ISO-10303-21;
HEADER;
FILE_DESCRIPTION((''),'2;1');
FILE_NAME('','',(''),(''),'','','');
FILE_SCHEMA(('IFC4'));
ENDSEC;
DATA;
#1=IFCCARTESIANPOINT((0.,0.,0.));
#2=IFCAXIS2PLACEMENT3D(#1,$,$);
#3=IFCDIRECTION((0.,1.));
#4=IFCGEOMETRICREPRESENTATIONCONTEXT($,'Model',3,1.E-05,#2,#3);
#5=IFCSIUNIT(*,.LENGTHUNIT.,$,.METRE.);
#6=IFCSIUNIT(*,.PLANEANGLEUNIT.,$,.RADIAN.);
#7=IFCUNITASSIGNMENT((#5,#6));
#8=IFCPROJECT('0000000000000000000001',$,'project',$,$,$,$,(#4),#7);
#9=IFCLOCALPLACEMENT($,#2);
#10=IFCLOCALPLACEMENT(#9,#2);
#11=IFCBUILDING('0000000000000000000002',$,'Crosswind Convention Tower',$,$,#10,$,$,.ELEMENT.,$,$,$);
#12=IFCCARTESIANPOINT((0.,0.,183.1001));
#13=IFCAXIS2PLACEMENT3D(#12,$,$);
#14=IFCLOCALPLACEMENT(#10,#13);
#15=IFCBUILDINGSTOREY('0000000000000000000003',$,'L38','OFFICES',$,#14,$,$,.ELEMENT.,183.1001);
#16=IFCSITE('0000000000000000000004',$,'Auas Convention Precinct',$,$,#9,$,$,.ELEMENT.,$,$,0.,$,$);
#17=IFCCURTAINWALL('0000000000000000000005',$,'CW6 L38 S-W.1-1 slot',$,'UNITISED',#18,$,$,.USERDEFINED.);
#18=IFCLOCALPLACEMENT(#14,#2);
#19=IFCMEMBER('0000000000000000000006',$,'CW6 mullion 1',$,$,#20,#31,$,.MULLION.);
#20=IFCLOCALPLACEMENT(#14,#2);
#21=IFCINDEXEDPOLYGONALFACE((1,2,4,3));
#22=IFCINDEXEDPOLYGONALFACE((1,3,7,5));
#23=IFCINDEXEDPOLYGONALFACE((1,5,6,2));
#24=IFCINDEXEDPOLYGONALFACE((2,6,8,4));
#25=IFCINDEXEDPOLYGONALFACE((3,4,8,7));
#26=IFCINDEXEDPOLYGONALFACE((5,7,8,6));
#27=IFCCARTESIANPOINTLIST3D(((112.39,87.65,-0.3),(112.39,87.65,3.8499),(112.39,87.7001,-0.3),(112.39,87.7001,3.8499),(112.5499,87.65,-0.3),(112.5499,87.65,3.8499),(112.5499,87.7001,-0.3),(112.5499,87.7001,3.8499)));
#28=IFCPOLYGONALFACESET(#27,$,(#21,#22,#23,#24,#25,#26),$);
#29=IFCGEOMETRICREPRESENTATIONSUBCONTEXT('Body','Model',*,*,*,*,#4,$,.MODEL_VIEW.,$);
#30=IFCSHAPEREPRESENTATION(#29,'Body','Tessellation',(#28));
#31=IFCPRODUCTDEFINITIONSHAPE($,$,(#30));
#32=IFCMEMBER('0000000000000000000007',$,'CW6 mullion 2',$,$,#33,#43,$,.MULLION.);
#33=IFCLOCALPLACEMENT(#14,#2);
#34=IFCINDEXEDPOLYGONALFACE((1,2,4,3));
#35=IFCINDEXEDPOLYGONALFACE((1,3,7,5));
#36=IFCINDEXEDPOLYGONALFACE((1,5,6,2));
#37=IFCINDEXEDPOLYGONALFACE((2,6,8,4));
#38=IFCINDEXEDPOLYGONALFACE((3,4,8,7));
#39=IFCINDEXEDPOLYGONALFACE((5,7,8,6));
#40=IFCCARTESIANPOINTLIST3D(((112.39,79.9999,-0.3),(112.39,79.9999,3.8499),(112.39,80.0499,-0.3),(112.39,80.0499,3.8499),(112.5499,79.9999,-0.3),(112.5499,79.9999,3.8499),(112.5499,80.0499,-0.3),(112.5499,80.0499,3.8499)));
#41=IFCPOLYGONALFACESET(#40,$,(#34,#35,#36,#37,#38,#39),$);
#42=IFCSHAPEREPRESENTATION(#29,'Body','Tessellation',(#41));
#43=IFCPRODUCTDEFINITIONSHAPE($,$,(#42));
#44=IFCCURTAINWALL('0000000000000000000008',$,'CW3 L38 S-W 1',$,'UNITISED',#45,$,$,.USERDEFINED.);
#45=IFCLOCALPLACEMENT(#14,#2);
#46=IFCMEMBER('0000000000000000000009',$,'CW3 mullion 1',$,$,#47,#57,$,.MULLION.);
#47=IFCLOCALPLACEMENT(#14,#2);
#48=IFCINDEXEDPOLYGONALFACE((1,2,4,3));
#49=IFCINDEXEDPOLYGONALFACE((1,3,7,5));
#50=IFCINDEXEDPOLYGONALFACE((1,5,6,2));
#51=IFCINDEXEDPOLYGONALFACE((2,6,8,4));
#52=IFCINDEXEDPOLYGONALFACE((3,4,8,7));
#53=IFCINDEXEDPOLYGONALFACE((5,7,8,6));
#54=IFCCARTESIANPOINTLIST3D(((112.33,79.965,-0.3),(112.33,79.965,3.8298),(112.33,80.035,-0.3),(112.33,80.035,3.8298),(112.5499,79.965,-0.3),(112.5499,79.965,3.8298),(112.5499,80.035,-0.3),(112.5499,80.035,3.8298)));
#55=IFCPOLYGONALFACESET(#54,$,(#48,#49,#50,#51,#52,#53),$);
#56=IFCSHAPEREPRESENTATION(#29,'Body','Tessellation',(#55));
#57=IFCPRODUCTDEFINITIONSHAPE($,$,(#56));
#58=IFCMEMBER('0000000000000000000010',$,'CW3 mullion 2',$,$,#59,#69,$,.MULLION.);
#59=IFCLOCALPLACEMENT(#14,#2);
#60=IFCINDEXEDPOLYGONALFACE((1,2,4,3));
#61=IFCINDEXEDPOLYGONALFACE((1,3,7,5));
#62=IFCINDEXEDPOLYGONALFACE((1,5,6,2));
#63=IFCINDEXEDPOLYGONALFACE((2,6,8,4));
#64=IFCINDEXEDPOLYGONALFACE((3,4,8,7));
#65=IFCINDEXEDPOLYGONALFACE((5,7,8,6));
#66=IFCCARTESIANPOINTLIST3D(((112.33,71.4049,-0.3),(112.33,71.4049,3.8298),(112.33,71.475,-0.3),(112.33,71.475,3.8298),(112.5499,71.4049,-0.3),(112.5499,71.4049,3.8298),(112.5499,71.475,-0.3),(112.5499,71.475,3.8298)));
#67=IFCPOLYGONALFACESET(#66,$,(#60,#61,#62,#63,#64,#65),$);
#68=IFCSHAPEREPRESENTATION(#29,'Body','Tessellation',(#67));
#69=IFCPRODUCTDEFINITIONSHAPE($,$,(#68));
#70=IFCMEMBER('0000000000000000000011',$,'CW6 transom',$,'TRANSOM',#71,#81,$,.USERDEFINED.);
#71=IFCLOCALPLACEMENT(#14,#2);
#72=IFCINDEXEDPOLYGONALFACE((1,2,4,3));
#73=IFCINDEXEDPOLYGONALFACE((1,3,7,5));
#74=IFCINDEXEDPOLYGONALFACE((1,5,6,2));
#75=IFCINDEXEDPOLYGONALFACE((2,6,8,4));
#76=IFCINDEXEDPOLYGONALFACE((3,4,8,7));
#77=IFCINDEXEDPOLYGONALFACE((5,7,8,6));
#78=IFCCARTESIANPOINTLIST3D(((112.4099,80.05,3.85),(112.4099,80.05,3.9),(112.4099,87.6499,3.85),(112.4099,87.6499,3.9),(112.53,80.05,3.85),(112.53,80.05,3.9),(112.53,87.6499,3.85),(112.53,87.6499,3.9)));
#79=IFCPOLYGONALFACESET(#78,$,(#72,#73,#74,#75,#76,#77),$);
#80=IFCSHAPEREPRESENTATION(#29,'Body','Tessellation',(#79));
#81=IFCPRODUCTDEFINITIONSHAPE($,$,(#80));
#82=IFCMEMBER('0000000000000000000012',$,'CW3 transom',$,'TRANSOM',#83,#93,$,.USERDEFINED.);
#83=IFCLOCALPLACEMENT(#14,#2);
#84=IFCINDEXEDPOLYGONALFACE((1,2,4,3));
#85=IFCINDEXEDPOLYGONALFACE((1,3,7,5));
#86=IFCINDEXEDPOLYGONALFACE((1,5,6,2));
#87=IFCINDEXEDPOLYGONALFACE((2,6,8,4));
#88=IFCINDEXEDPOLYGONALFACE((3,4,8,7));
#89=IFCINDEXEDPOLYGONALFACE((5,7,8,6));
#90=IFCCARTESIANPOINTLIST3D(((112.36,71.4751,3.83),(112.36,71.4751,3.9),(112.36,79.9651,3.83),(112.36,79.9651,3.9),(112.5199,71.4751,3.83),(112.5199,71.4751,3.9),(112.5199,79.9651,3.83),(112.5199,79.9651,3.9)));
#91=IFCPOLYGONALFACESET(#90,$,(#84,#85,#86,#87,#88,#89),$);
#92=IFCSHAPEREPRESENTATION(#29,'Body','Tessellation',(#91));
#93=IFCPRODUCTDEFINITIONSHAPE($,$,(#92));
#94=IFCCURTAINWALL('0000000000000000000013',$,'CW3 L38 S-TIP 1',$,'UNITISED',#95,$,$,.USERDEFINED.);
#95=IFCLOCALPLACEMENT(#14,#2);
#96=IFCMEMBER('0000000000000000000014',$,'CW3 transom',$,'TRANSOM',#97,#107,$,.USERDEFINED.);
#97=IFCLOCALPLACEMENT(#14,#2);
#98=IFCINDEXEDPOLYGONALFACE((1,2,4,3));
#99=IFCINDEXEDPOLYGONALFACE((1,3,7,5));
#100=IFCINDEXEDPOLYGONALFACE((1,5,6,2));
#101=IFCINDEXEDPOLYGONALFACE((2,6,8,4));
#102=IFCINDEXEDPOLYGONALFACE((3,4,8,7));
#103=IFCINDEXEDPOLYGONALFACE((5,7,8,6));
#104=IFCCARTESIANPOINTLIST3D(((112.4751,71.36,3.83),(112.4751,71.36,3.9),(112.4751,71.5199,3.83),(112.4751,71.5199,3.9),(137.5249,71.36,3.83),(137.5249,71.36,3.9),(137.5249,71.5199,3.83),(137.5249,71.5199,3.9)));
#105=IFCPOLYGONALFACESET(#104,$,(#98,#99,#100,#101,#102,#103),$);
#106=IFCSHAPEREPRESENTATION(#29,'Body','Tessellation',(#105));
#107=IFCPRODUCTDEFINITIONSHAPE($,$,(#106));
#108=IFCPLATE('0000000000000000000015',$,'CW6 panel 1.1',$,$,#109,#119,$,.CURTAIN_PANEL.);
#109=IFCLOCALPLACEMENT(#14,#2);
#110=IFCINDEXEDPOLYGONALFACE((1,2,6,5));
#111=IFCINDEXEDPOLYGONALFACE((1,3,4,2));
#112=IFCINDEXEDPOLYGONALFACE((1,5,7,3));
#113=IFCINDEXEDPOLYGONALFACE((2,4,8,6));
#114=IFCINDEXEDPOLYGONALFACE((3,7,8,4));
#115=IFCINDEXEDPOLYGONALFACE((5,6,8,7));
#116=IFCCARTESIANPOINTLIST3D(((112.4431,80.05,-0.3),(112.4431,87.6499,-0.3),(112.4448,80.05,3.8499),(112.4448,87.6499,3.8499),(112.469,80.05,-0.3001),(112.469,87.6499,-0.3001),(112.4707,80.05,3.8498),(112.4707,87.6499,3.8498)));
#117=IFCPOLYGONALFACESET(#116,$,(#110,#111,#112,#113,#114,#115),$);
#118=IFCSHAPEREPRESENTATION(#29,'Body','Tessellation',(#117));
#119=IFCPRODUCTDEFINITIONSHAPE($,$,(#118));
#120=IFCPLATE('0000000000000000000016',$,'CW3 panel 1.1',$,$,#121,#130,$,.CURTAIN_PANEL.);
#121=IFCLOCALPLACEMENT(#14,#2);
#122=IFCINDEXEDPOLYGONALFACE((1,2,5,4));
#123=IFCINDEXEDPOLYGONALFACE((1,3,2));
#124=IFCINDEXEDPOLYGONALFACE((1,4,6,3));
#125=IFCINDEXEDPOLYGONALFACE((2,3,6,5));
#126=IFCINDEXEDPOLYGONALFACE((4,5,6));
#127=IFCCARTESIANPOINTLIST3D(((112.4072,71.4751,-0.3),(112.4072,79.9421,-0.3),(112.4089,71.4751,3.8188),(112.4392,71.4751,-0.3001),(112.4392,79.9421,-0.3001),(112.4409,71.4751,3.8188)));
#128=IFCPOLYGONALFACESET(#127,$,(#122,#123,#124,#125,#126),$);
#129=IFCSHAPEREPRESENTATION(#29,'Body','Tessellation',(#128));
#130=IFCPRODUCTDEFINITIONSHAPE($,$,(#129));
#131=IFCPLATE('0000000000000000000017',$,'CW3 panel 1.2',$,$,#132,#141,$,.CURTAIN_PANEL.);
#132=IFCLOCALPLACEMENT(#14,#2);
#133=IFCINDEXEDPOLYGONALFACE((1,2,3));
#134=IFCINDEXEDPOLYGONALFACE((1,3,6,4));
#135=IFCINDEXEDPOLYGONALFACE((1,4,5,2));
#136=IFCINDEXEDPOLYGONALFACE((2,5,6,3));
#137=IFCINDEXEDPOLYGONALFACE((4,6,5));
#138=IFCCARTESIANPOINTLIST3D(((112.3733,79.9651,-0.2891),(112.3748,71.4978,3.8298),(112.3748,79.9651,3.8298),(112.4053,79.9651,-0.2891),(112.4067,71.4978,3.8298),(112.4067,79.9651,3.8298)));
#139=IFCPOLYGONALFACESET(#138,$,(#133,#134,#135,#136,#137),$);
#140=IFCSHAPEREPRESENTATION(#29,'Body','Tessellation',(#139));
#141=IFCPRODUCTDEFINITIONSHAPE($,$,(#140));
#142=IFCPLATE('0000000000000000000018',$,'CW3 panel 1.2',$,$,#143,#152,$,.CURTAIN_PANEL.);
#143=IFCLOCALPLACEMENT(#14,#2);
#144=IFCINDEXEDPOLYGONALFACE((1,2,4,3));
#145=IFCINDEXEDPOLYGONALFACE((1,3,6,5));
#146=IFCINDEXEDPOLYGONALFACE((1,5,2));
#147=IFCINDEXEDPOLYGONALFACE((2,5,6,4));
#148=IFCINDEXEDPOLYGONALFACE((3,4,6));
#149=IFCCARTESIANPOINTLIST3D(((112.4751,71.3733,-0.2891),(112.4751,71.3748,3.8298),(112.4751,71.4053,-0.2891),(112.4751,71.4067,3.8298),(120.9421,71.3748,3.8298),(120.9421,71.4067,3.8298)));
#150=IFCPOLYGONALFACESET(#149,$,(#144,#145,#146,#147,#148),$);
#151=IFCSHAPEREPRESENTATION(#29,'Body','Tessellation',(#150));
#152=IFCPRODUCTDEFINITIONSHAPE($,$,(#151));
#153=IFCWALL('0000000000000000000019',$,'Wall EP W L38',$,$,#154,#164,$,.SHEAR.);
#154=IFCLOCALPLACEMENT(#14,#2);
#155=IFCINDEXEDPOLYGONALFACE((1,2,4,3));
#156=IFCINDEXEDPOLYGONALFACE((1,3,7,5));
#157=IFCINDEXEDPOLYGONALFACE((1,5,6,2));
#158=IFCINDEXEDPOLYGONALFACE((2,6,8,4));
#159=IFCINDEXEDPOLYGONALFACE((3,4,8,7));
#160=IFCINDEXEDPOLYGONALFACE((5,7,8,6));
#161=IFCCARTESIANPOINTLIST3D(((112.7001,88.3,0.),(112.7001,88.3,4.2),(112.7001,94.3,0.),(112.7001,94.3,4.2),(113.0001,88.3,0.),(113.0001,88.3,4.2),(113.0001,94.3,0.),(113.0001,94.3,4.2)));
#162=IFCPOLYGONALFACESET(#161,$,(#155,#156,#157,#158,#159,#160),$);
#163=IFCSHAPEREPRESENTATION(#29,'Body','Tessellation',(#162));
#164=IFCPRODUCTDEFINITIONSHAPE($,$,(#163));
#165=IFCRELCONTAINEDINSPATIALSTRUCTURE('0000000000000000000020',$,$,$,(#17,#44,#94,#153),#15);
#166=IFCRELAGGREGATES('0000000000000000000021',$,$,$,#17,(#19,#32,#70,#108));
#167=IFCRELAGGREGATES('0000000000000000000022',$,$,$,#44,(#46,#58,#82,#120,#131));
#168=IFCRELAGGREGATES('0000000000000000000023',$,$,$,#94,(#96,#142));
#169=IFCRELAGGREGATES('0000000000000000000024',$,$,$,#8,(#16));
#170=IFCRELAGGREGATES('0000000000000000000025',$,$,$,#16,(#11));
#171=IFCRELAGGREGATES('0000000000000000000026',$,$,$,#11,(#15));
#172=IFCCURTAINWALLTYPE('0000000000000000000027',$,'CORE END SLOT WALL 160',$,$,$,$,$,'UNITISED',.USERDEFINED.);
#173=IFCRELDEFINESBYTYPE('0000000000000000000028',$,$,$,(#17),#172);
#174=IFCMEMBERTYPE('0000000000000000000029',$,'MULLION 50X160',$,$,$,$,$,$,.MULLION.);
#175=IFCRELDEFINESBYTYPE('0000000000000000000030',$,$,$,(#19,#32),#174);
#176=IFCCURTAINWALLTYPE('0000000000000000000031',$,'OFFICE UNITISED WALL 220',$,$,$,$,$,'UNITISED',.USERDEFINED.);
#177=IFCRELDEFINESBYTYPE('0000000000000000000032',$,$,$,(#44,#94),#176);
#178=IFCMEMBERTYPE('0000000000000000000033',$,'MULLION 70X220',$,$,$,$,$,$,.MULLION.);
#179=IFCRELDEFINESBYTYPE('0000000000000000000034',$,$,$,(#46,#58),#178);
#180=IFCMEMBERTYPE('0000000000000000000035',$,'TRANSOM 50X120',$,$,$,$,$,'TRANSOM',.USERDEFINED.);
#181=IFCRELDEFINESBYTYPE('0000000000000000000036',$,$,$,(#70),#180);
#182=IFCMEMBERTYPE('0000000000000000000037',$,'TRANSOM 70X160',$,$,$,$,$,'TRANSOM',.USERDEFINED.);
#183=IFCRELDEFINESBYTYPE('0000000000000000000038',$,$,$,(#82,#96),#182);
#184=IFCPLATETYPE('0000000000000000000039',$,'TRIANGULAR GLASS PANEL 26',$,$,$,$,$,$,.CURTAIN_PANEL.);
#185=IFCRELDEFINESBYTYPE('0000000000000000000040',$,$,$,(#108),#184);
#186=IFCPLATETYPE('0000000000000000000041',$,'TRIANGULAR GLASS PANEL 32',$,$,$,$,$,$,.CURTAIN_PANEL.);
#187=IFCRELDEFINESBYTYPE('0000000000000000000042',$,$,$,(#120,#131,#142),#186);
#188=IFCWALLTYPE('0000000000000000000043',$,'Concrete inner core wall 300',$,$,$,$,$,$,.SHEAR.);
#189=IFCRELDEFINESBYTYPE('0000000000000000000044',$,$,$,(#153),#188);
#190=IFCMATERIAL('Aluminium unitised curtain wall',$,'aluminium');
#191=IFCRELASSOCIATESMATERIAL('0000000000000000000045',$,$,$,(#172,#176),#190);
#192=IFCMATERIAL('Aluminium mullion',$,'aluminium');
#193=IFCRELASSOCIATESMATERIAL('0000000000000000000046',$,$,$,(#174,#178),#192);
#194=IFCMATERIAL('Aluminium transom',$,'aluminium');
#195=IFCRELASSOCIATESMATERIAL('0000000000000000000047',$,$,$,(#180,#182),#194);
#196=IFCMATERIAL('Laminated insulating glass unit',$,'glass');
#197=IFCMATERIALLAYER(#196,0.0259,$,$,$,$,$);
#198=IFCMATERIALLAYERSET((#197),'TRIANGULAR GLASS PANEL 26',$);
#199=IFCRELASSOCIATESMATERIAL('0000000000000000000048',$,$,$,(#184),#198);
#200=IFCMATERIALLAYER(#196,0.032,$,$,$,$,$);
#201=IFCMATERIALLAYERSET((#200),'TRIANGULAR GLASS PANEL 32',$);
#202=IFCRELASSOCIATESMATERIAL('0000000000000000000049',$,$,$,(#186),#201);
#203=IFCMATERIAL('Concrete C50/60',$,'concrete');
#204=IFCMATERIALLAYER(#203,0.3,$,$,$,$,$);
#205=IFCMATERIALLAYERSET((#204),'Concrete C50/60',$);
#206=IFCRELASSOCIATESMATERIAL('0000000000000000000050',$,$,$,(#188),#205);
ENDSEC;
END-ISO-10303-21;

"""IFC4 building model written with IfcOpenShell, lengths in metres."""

from ifc_helpers import new_model, si_unit, direction, frame, frame_2d, origin, origin_2d, place, context, subcontext, project, spatial, polyline, rectangle, outline, extrude, material, layer, layer_set, material_profile, profile_set, type_object, element, aggregate, save


model = new_model("IFC4")

# Units and contexts
model_context = context("Model", 3, precision=1e-05, world=origin(), true_north=direction((0.0, 1.0)))
body_context = subcontext(model_context, "Body", "Model", "MODEL_VIEW")
ifc_project = project(units=[si_unit("LENGTHUNIT", "METRE"), si_unit("PLANEANGLEUNIT", "RADIAN")], contexts=[model_context])

# Site, building, storey
site_placement = place(None, origin())
site = spatial("IfcSite", under=ifc_project, at=site_placement, Name="Auas Convention Precinct", CompositionType="ELEMENT", RefElevation=0.0)
building_placement = place(site_placement, origin())
building = spatial("IfcBuilding", under=site, at=building_placement, Name="Crosswind Convention Tower", CompositionType="ELEMENT")
storey_placement = place(building_placement, frame((0.0, 0.0, 183.1001)))
storey = spatial("IfcBuildingStorey", under=building, at=storey_placement, Name="L38", Description="OFFICES", CompositionType="ELEMENT", Elevation=183.1001)

# Curtain walls, members
ifc_material_1 = material(Name="Aluminium unitised curtain wall", Category="aluminium")
curtain_wall_type_1 = type_object("IfcCurtainWallType", Name="CORE END SLOT WALL 160", ElementType="UNITISED", PredefinedType="USERDEFINED", material=ifc_material_1)
curtain_wall_1_placement = place(storey_placement, origin())
curtain_wall_1 = element("IfcCurtainWall", 1, at=curtain_wall_1_placement, inside=storey, type_object=curtain_wall_type_1, Name="CW6 L38 S-W.1-1 slot", ObjectType="UNITISED", PredefinedType="USERDEFINED")
ifc_material_2 = material(Name="Aluminium mullion", Category="aluminium")
ifc_material_profile_1 = material_profile(ifc_material_2, rectangle(XDim=0.1599, YDim=0.05, at=origin_2d()), Name="AL 160X50")
ifc_profile_set_1 = profile_set([ifc_material_profile_1], Name="Aluminium mullion")
member_type_1 = type_object("IfcMemberType", Name="MULLION 50X160", PredefinedType="MULLION", material=ifc_profile_set_1)
member_1_placement = place(storey_placement, frame((112.47, 87.675, -0.3), z_axis=(0.0, 0.0, 1.0), x_axis=(-1.0, 0.0, 0.0)))
member_1 = element("IfcMember", 2, at=member_1_placement, type_object=member_type_1, Name="CW6 mullion 1", PredefinedType="MULLION", context=body_context, shape_type="SweptSolid", body=[
    extrude(rectangle(XDim=0.1599, YDim=0.05, at=origin_2d()), origin(), (0.0, 0.0, 1.0), 4.1499),
])
member_2_placement = place(storey_placement, frame((112.47, 80.0249, -0.3), z_axis=(0.0, 0.0, 1.0), x_axis=(-1.0, 0.0, 0.0)))
member_2 = element("IfcMember", 3, at=member_2_placement, type_object=member_type_1, Name="CW6 mullion 2", PredefinedType="MULLION", context=body_context, shape_type="SweptSolid", body=[
    extrude(rectangle(XDim=0.1599, YDim=0.05, at=origin_2d()), origin(), (0.0, 0.0, 1.0), 4.1499),
])
curtain_wall_type_2 = type_object("IfcCurtainWallType", Name="OFFICE UNITISED WALL 220", ElementType="UNITISED", PredefinedType="USERDEFINED", material=ifc_material_1)
curtain_wall_2_placement = place(storey_placement, origin())
curtain_wall_2 = element("IfcCurtainWall", 4, at=curtain_wall_2_placement, inside=storey, type_object=curtain_wall_type_2, Name="CW3 L38 S-W 1", ObjectType="UNITISED", PredefinedType="USERDEFINED")
ifc_material_profile_2 = material_profile(ifc_material_2, rectangle(XDim=0.22, YDim=0.0701, at=origin_2d()), Name="AL 220X70")
ifc_profile_set_2 = profile_set([ifc_material_profile_2], Name="Aluminium mullion")
member_type_2 = type_object("IfcMemberType", Name="MULLION 70X220", PredefinedType="MULLION", material=ifc_profile_set_2)
member_3_placement = place(storey_placement, frame((112.4399, 80.0, -0.3), z_axis=(0.0, 0.0, 1.0), x_axis=(-1.0, 0.0, 0.0)))
member_3 = element("IfcMember", 5, at=member_3_placement, type_object=member_type_2, Name="CW3 mullion 1", PredefinedType="MULLION", context=body_context, shape_type="SweptSolid", body=[
    extrude(rectangle(XDim=0.22, YDim=0.0701, at=origin_2d()), origin(), (0.0, 0.0, 1.0), 4.1299),
])
member_4_placement = place(storey_placement, frame((112.4399, 71.4399, -0.3), z_axis=(0.0, 0.0, 1.0), x_axis=(-1.0, 0.0, 0.0)))
member_4 = element("IfcMember", 6, at=member_4_placement, type_object=member_type_2, Name="CW3 mullion 2", PredefinedType="MULLION", context=body_context, shape_type="SweptSolid", body=[
    extrude(rectangle(XDim=0.22, YDim=0.0701, at=origin_2d()), origin(), (0.0, 0.0, 1.0), 4.1299),
])

# Members
ifc_material_3 = material(Name="Aluminium transom", Category="aluminium")
ifc_material_profile_3 = material_profile(ifc_material_3, rectangle(XDim=0.1201, YDim=0.05, at=origin_2d()), Name="AL 120X50")
ifc_profile_set_3 = profile_set([ifc_material_profile_3], Name="Aluminium transom")
member_type_3 = type_object("IfcMemberType", Name="TRANSOM 50X120", ElementType="TRANSOM", PredefinedType="USERDEFINED", material=ifc_profile_set_3)
member_5_placement = place(storey_placement, frame((112.47, 87.6499, 3.875), z_axis=(0.0, -1.0, 0.0), x_axis=(1.0, 0.0, 0.0)))
member_5 = element("IfcMember", 7, at=member_5_placement, type_object=member_type_3, Name="CW6 transom", ObjectType="TRANSOM", PredefinedType="USERDEFINED", context=body_context, shape_type="SweptSolid", body=[
    extrude(rectangle(XDim=0.1201, YDim=0.05, at=origin_2d()), origin(), (0.0, 0.0, 1.0), 7.5999),
])
ifc_material_profile_4 = material_profile(ifc_material_3, rectangle(XDim=0.1599, YDim=0.0701, at=origin_2d()), Name="AL 160X70")
ifc_profile_set_4 = profile_set([ifc_material_profile_4], Name="Aluminium transom")
member_type_4 = type_object("IfcMemberType", Name="TRANSOM 70X160", ElementType="TRANSOM", PredefinedType="USERDEFINED", material=ifc_profile_set_4)
member_6_placement = place(storey_placement, frame((112.4399, 79.9651, 3.865), z_axis=(0.0, -1.0, 0.0), x_axis=(1.0, 0.0, 0.0)))
member_6 = element("IfcMember", 8, at=member_6_placement, type_object=member_type_4, Name="CW3 transom", ObjectType="TRANSOM", PredefinedType="USERDEFINED", context=body_context, shape_type="SweptSolid", body=[
    extrude(rectangle(XDim=0.1599, YDim=0.0701, at=origin_2d()), origin(), (0.0, 0.0, 1.0), 8.49),
])

# Curtain wall, member
curtain_wall_3_placement = place(storey_placement, origin())
curtain_wall_3 = element("IfcCurtainWall", 9, at=curtain_wall_3_placement, inside=storey, type_object=curtain_wall_type_2, Name="CW3 L38 S-TIP 1", ObjectType="UNITISED", PredefinedType="USERDEFINED")
member_7_placement = place(storey_placement, frame((112.4751, 71.4399, 3.865), z_axis=(1.0, 0.0, 0.0), x_axis=(0.0, 1.0, 0.0)))
member_7 = element("IfcMember", 10, at=member_7_placement, type_object=member_type_4, Name="CW3 transom", ObjectType="TRANSOM", PredefinedType="USERDEFINED", context=body_context, shape_type="SweptSolid", body=[
    extrude(rectangle(XDim=0.1599, YDim=0.0701, at=origin_2d()), origin(), (0.0, 0.0, 1.0), 25.0498),
])

# Plates
ifc_material_4 = material(Name="Laminated insulating glass unit", Category="glass")
ifc_layer_1 = layer(ifc_material_4, 0.0259)
ifc_layer_set_1 = layer_set([ifc_layer_1], Name="TRIANGULAR GLASS PANEL 26")
plate_type_1 = type_object("IfcPlateType", Name="TRIANGULAR GLASS PANEL 26", PredefinedType="CURTAIN_PANEL", material=ifc_layer_set_1)
plate_1_placement = place(storey_placement, frame((112.4431, 87.6499, -0.3), z_axis=(-1.0, 0.0, 0.000412), x_axis=(0.0, -1.0, 0.0)))
plate_1 = element("IfcPlate", 11, at=plate_1_placement, type_object=plate_type_1, Name="CW6 panel 1.1", PredefinedType="CURTAIN_PANEL", context=body_context, shape_type="SweptSolid", body=[
    extrude(outline(polyline([(0.0, 0.0), (7.5999, 0.0), (7.5999, 4.1499), (0.0, 4.1499), (0.0, 0.0)])), origin(), (0.0, 0.0, -1.0), 0.0259),
])
aggregate(curtain_wall_1, [member_1, member_2, member_5, plate_1])
ifc_layer_2 = layer(ifc_material_4, 0.032)
ifc_layer_set_2 = layer_set([ifc_layer_2], Name="TRIANGULAR GLASS PANEL 32")
plate_type_2 = type_object("IfcPlateType", Name="TRIANGULAR GLASS PANEL 32", PredefinedType="CURTAIN_PANEL", material=ifc_layer_set_2)
plate_2_placement = place(storey_placement, frame((112.4072, 71.4751, -0.3), z_axis=(-1.0, 0.0, 0.000415), x_axis=(0.000415, 0.0, 1.0)))
plate_2 = element("IfcPlate", 12, at=plate_2_placement, type_object=plate_type_2, Name="CW3 panel 1.1", PredefinedType="CURTAIN_PANEL", context=body_context, shape_type="SweptSolid", body=[
    extrude(outline(polyline([(0.0, 0.0), (4.1189, 0.0), (0.0, 8.467), (0.0, 0.0)])), origin(), (0.0, 0.0, -1.0), 0.032),
])
plate_3_placement = place(storey_placement, frame((112.3748, 79.9651, 3.8298), z_axis=(-1.0, 0.0, 0.000356), x_axis=(-0.000356, 0.0, -1.0)))
plate_3 = element("IfcPlate", 13, at=plate_3_placement, type_object=plate_type_2, Name="CW3 panel 1.2", PredefinedType="CURTAIN_PANEL", context=body_context, shape_type="SweptSolid", body=[
    extrude(outline(polyline([(0.0, 0.0), (4.1189, 0.0), (0.0, 8.4673), (0.0, 0.0)])), origin(), (0.0, 0.0, -1.0), 0.032),
])
plate_4_placement = place(storey_placement, frame((112.4751, 71.3748, 3.8298), z_axis=(0.0, -1.0, 0.000356), x_axis=(0.0, -0.000356, -1.0)))
plate_4 = element("IfcPlate", 14, at=plate_4_placement, type_object=plate_type_2, Name="CW3 panel 1.2", PredefinedType="CURTAIN_PANEL", context=body_context, shape_type="SweptSolid", body=[
    extrude(outline(polyline([(0.0, 0.0), (4.1189, 0.0), (0.0, 8.467), (0.0, 0.0)])), origin(), (0.0, 0.0, -1.0), 0.032),
])

# Wall
ifc_material_5 = material(Name="Concrete C50/60", Category="concrete")
ifc_layer_3 = layer(ifc_material_5, 0.3)
ifc_layer_set_3 = layer_set([ifc_layer_3], Name="Concrete C50/60")
wall_type_1 = type_object("IfcWallType", Name="Concrete inner core wall 300", PredefinedType="SHEAR", material=ifc_layer_set_3)
wall_1_placement = place(storey_placement, frame((112.8501, 94.3, 0.0), z_axis=(0.0, 0.0, 1.0), x_axis=(0.0, -1.0, 0.0)))
element("IfcWall", 15, at=wall_1_placement, inside=storey, type_object=wall_type_1, Name="Wall EP W L38", PredefinedType="SHEAR", context=body_context, shape_type="SweptSolid", body=[
    extrude(rectangle(XDim=6.0, YDim=0.3, at=frame_2d((3.0, 0.0))), origin(), (0.0, 0.0, 1.0), 4.2),
])

aggregate(curtain_wall_2, [member_3, member_4, member_6, plate_2, plate_3])
aggregate(curtain_wall_3, [member_7, plate_4])

save(model, "model.ifc")
